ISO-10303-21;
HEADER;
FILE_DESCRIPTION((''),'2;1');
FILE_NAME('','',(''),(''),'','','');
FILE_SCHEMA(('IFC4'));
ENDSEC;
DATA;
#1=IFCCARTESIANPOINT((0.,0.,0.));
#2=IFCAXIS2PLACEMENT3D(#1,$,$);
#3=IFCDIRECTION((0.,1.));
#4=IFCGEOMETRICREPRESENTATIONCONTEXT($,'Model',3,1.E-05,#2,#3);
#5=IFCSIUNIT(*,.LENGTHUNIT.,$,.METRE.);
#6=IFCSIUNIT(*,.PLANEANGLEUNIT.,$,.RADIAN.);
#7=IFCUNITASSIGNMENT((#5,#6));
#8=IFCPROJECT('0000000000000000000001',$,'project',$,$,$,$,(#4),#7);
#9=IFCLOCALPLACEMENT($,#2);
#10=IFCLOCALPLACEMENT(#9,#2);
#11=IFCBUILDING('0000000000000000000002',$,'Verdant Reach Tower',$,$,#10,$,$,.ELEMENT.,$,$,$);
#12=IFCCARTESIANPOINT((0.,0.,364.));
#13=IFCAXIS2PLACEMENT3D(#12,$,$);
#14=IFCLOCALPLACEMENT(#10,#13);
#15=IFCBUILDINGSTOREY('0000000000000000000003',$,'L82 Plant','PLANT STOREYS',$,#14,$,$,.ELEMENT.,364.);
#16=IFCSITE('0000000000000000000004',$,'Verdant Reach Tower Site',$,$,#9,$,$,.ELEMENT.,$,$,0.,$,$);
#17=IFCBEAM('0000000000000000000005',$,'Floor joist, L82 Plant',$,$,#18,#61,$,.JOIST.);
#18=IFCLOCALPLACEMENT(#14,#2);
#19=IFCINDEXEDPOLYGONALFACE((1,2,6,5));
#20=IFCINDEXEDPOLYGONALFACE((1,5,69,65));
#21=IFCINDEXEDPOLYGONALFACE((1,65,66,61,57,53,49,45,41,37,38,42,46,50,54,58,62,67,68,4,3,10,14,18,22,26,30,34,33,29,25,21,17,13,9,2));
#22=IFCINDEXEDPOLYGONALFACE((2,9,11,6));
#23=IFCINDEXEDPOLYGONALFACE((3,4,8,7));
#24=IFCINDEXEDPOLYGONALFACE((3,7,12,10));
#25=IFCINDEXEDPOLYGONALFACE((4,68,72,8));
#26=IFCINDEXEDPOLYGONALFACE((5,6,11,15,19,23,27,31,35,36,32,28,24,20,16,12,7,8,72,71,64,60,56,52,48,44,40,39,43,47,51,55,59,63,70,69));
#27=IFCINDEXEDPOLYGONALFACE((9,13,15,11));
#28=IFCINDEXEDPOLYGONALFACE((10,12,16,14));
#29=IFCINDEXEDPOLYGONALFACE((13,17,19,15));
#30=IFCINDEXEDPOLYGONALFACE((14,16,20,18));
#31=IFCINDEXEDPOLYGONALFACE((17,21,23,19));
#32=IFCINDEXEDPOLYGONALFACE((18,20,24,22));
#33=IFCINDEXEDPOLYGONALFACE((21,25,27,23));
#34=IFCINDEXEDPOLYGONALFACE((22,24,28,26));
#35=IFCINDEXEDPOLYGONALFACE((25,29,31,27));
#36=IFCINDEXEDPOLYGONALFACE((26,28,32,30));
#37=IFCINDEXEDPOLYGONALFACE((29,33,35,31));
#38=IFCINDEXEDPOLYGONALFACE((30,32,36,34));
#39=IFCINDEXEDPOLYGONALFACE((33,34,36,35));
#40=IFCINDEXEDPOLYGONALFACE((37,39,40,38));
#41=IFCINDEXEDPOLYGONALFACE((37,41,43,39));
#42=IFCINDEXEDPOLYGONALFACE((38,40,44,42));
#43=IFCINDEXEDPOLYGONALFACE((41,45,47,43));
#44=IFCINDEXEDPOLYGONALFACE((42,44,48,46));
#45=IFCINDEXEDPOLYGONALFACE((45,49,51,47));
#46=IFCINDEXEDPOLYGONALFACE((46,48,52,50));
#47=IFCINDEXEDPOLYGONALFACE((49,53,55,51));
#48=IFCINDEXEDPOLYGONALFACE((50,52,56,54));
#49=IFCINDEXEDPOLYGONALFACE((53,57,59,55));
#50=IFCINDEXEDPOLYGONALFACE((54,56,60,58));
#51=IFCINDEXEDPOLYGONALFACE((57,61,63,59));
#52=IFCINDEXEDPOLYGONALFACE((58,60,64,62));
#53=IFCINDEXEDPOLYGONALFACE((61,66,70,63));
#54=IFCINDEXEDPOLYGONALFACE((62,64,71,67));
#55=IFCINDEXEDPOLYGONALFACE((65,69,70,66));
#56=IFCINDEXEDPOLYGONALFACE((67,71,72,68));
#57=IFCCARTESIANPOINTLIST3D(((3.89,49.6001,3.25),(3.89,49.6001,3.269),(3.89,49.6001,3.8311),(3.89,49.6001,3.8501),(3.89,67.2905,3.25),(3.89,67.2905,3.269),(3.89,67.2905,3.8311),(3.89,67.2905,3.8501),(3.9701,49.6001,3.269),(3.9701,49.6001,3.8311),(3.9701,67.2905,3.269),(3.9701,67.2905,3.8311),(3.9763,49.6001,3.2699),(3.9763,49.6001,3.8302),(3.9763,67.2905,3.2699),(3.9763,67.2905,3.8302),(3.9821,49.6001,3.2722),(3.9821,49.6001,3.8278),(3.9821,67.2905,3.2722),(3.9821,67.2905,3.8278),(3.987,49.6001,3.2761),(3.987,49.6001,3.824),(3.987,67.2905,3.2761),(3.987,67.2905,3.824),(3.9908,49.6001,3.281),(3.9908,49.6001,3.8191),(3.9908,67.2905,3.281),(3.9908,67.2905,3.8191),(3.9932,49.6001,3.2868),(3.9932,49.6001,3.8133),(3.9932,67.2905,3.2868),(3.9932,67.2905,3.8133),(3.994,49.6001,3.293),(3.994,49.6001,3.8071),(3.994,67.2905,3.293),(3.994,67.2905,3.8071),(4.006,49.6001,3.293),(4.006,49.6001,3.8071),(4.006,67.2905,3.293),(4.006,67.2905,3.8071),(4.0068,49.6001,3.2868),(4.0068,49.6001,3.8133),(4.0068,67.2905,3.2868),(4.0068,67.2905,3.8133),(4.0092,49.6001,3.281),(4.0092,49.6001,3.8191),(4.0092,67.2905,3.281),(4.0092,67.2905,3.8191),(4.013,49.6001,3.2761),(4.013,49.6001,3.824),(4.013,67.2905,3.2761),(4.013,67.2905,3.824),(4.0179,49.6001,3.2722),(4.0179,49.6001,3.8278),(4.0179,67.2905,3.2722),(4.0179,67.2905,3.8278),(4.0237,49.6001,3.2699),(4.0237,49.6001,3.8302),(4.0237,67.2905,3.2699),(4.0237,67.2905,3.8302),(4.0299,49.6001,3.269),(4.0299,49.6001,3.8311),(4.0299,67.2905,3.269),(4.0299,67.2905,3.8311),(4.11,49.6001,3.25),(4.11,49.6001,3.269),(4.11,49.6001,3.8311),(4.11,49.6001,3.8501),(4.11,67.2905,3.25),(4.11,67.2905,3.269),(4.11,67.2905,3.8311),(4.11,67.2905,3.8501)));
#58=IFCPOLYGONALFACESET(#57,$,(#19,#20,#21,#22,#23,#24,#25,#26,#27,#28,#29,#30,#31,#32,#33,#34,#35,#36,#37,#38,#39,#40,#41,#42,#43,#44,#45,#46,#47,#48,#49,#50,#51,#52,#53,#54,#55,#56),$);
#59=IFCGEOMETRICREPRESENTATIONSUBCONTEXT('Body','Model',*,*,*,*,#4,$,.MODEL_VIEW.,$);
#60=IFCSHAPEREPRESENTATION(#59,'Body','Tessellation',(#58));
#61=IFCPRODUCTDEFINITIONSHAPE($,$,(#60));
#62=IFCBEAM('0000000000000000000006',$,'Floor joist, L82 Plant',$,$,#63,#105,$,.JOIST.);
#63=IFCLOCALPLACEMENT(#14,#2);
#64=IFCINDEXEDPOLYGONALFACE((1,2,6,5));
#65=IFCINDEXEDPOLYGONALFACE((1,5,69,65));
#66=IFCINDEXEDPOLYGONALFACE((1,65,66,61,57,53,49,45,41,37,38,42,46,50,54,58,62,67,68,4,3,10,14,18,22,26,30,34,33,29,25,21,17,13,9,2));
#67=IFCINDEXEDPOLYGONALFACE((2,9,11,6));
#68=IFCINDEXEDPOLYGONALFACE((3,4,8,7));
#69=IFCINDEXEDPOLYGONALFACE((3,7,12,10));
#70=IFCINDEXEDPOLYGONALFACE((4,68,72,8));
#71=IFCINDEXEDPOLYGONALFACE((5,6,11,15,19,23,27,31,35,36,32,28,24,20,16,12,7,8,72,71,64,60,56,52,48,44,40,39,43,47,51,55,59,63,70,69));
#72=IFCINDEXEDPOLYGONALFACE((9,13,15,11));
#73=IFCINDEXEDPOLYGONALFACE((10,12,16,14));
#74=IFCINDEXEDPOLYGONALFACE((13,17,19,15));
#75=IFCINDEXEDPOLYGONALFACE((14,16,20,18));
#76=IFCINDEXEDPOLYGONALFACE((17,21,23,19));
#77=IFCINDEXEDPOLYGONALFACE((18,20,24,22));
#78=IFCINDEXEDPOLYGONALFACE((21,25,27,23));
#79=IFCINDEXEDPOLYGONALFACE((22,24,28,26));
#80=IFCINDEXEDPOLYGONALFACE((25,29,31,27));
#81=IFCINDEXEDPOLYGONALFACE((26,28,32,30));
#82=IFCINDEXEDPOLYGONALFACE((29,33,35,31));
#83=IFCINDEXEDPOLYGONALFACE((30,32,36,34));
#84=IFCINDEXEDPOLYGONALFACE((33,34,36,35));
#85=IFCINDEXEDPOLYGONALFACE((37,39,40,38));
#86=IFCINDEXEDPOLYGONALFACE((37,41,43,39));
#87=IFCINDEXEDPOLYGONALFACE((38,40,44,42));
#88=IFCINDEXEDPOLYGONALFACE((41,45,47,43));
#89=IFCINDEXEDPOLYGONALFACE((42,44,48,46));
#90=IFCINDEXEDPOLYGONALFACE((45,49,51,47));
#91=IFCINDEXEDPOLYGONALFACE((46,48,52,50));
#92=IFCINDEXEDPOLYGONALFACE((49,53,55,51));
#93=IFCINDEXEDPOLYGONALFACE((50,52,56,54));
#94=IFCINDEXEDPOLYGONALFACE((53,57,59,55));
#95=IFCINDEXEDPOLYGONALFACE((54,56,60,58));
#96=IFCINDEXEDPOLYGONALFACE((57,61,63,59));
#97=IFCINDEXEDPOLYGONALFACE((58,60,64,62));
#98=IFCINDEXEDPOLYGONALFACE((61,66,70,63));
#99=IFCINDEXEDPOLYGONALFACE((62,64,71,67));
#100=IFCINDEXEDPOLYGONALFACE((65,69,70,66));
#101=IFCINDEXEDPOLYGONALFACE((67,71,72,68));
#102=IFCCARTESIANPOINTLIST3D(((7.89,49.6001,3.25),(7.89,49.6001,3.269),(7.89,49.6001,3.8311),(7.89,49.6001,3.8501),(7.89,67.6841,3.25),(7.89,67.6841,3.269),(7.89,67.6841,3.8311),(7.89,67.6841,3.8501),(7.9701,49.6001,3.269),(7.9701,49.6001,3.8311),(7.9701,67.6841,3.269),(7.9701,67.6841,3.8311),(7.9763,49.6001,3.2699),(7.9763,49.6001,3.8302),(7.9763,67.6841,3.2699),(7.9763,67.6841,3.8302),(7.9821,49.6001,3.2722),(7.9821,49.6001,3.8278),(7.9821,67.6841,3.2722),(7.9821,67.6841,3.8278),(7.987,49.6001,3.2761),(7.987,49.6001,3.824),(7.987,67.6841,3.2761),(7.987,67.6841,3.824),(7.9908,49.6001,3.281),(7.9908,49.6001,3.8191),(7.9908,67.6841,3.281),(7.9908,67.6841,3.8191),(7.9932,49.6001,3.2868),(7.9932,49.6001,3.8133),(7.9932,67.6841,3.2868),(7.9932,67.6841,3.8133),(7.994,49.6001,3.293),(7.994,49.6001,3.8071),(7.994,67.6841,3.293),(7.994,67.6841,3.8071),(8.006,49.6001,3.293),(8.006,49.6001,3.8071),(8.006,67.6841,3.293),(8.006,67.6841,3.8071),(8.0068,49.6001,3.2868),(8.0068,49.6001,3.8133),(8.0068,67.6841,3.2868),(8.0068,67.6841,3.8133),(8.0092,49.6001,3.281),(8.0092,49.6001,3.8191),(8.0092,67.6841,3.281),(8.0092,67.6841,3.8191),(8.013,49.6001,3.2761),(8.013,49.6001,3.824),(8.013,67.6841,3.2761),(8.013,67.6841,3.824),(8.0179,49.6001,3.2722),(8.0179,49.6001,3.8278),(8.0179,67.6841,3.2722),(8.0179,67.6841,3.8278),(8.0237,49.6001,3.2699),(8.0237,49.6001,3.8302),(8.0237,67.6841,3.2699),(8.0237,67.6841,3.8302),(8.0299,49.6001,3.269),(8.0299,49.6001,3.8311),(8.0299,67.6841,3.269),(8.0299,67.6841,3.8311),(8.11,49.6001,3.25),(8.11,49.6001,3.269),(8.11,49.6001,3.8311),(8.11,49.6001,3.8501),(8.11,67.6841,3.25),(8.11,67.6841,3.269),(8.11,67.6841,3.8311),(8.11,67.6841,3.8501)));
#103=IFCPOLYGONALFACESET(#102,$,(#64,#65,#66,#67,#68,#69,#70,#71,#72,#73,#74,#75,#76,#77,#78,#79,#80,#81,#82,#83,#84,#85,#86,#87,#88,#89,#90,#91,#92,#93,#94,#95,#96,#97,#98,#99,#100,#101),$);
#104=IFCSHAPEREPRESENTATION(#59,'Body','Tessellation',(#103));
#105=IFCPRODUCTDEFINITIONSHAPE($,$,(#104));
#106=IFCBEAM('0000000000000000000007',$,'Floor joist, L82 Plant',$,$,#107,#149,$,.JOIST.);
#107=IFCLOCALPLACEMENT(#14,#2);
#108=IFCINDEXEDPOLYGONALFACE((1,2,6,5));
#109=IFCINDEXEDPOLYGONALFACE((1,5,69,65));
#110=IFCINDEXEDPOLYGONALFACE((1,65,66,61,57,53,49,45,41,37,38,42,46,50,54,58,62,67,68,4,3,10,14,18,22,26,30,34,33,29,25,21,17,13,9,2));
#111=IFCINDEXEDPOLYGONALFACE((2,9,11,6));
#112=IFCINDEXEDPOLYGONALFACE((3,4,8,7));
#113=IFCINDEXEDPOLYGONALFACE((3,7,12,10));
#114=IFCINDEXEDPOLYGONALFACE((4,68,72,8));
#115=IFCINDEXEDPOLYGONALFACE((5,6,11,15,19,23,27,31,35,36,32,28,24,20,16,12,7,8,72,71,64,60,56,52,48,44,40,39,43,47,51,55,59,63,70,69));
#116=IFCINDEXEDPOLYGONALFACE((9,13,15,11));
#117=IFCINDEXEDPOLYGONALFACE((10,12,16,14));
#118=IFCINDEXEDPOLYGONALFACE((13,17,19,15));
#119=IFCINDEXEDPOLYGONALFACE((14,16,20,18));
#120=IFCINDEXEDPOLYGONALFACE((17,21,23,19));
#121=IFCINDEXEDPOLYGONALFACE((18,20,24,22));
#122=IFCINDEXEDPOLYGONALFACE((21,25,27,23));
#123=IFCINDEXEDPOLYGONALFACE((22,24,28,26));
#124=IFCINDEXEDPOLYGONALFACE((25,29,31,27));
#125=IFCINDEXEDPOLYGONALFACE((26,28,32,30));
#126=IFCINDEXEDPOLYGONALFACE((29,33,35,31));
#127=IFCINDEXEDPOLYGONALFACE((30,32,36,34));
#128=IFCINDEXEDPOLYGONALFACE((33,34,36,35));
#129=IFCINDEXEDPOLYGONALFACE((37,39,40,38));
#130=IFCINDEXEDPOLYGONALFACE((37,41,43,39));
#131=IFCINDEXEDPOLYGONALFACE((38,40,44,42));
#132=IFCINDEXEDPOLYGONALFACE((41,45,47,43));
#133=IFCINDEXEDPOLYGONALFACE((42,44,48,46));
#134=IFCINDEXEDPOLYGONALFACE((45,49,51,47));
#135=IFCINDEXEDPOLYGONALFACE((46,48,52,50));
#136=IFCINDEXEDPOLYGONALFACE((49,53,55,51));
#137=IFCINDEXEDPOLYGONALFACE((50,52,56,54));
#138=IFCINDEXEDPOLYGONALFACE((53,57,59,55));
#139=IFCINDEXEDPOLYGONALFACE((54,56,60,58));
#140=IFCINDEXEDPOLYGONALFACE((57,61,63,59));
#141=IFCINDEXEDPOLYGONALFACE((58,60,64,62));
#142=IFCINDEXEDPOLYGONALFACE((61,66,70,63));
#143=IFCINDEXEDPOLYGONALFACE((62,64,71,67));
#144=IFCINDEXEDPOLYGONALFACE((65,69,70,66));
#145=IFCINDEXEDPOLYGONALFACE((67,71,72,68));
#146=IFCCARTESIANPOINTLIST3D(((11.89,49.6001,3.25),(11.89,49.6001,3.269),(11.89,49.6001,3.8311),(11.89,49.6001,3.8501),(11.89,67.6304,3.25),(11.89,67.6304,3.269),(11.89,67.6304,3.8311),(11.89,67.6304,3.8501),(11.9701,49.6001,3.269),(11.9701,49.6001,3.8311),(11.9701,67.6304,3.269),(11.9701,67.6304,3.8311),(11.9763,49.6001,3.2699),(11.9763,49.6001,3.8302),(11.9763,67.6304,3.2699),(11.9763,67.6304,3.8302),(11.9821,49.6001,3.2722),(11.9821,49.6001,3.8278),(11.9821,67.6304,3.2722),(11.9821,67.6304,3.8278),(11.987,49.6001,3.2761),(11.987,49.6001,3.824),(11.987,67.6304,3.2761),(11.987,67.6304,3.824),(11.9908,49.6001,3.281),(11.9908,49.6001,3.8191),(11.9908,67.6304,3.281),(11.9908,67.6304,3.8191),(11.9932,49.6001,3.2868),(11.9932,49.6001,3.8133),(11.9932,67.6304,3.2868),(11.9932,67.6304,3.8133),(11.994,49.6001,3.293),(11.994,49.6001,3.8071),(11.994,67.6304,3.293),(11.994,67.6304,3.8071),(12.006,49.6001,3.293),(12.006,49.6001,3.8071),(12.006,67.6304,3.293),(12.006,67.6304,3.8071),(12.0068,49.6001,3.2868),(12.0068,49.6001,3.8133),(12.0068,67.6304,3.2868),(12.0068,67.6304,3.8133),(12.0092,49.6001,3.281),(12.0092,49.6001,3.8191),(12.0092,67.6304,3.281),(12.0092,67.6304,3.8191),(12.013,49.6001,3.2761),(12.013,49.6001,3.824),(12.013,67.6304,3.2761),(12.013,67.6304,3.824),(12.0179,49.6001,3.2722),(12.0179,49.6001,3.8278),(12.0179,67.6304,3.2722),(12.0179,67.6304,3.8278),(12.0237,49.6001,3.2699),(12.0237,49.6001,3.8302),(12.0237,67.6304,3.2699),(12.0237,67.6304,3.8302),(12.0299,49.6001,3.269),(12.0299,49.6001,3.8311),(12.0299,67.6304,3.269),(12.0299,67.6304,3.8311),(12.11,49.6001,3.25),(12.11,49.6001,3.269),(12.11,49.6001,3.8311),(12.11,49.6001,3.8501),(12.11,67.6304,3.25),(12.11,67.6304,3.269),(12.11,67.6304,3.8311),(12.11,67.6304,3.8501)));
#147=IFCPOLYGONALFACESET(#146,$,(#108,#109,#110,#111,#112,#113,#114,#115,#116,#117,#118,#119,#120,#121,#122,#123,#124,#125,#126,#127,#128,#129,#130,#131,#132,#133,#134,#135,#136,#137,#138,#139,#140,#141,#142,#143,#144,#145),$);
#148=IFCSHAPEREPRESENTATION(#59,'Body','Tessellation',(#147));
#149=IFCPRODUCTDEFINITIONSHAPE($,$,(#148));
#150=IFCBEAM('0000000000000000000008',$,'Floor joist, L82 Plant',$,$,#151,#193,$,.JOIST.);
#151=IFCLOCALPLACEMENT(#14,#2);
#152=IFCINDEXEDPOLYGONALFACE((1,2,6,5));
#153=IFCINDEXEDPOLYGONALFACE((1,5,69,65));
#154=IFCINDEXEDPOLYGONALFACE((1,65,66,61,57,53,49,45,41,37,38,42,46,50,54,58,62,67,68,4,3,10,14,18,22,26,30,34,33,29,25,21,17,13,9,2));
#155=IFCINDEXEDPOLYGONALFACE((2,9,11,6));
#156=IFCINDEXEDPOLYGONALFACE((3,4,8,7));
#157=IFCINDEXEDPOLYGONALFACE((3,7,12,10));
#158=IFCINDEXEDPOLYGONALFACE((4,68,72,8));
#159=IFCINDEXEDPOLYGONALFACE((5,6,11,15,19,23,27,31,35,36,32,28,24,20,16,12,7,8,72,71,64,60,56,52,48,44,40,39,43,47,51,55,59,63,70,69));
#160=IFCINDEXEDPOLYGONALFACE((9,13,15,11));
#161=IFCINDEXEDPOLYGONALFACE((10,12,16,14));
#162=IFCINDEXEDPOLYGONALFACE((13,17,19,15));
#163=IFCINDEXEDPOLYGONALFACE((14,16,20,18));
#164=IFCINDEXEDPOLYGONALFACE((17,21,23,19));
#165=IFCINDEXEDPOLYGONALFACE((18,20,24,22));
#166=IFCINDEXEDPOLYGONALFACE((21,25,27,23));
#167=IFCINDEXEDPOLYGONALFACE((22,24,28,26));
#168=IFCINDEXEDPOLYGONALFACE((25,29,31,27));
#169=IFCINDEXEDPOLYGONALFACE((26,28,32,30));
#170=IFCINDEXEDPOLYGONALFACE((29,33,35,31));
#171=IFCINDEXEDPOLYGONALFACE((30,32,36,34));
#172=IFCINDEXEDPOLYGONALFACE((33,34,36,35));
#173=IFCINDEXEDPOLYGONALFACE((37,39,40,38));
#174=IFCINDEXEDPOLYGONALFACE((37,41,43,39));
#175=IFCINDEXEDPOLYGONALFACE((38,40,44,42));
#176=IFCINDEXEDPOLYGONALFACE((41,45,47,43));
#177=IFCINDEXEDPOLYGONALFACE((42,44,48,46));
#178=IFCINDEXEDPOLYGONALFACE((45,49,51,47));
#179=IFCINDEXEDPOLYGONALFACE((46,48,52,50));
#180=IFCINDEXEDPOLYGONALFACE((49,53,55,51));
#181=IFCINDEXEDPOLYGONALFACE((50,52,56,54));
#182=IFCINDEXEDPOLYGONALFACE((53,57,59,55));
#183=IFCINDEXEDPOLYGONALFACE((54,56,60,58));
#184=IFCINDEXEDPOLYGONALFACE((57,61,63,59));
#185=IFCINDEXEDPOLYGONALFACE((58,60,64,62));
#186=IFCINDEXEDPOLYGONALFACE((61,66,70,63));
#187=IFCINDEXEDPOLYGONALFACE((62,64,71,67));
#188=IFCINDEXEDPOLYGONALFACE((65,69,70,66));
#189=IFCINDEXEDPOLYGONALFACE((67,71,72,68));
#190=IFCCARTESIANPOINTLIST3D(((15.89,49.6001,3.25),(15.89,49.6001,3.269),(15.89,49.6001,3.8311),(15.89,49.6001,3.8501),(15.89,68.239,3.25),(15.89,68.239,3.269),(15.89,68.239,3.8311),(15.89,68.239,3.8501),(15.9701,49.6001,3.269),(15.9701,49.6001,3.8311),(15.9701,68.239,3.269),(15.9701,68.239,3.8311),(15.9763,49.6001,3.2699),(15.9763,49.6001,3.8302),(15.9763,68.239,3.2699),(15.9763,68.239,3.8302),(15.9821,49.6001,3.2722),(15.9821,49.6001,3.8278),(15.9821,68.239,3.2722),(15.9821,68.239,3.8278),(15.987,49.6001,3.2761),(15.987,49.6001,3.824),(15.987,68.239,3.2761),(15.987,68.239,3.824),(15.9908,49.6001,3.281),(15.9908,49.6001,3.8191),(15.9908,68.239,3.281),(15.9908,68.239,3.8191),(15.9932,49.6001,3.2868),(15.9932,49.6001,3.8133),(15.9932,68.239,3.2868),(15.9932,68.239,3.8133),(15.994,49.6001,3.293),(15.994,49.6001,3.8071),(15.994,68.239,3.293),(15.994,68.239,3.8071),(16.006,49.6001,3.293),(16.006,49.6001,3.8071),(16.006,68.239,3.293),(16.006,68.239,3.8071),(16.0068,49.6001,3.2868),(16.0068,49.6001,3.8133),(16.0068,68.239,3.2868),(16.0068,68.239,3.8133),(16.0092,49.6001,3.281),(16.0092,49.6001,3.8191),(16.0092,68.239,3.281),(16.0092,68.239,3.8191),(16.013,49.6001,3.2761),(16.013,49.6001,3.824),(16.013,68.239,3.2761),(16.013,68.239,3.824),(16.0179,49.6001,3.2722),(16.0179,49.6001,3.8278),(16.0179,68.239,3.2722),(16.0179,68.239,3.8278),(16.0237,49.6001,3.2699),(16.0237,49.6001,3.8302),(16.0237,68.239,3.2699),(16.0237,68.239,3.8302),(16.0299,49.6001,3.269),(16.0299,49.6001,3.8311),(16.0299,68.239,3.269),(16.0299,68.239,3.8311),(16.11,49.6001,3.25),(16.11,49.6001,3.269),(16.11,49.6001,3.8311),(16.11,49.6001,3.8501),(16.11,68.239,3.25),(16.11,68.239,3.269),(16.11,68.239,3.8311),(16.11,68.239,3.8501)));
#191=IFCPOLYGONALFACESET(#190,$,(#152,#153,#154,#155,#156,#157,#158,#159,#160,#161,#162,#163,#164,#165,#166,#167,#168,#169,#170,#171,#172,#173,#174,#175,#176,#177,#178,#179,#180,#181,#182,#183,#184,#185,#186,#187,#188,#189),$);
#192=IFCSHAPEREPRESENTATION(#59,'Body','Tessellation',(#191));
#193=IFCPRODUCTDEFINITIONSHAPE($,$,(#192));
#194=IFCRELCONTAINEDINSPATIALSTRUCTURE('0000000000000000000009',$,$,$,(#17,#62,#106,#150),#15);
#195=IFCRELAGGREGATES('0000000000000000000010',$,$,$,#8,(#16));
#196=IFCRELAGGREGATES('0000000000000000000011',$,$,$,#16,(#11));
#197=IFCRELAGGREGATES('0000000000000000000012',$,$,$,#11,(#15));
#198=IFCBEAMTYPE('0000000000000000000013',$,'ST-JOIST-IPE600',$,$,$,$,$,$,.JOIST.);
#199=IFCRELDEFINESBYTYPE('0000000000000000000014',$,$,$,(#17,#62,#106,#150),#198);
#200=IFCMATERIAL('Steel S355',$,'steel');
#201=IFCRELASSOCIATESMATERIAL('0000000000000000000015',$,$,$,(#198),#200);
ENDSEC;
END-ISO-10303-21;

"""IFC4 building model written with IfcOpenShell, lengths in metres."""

from ifc_helpers import new_model, si_unit, direction, frame, origin, origin_2d, place, context, subcontext, project, spatial, i_section, extrude, material, material_profile, profile_set, type_object, element, save


model = new_model("IFC4")

# Units and contexts
model_context = context("Model", 3, precision=1e-05, world=origin(), true_north=direction((0.0, 1.0)))
body_context = subcontext(model_context, "Body", "Model", "MODEL_VIEW")
ifc_project = project(units=[si_unit("LENGTHUNIT", "METRE"), si_unit("PLANEANGLEUNIT", "RADIAN")], contexts=[model_context])

# Site, building, storey
site_placement = place(None, origin())
site = spatial("IfcSite", under=ifc_project, at=site_placement, Name="Verdant Reach Tower Site", CompositionType="ELEMENT", RefElevation=0.0)
building_placement = place(site_placement, origin())
building = spatial("IfcBuilding", under=site, at=building_placement, Name="Verdant Reach Tower", CompositionType="ELEMENT")
storey_placement = place(building_placement, frame((0.0, 0.0, 364.0)))
storey = spatial("IfcBuildingStorey", under=building, at=storey_placement, Name="L82 Plant", Description="PLANT STOREYS", CompositionType="ELEMENT", Elevation=364.0)

# Beams
ifc_material_1 = material(Name="Steel S355", Category="steel")
ifc_material_profile_1 = material_profile(ifc_material_1, i_section(OverallWidth=0.22, OverallDepth=0.6001, WebThickness=0.012, FlangeThickness=0.019, FilletRadius=0.0239, at=origin_2d()), Name="IPE 600")
ifc_profile_set_1 = profile_set([ifc_material_profile_1], Name="Steel S355")
beam_type_1 = type_object("IfcBeamType", Name="ST-JOIST-IPE600", PredefinedType="JOIST", material=ifc_profile_set_1)
beam_1_placement = place(storey_placement, frame((4.0, 49.6001, 3.55), z_axis=(0.0, 1.0, 0.0), x_axis=(-1.0, 0.0, 0.0)))
element("IfcBeam", 1, at=beam_1_placement, inside=storey, type_object=beam_type_1, Name="Floor joist, L82 Plant", PredefinedType="JOIST", context=body_context, shape_type="SweptSolid", body=[
    extrude(i_section(OverallWidth=0.22, OverallDepth=0.6001, WebThickness=0.012, FlangeThickness=0.019, FilletRadius=0.0239, at=origin_2d()), origin(), (0.0, 0.0, 1.0), 17.6904),
])
beam_2_placement = place(storey_placement, frame((8.0, 49.6001, 3.55), z_axis=(0.0, 1.0, 0.0), x_axis=(-1.0, 0.0, 0.0)))
element("IfcBeam", 2, at=beam_2_placement, inside=storey, type_object=beam_type_1, Name="Floor joist, L82 Plant", PredefinedType="JOIST", context=body_context, shape_type="SweptSolid", body=[
    extrude(i_section(OverallWidth=0.22, OverallDepth=0.6001, WebThickness=0.012, FlangeThickness=0.019, FilletRadius=0.0239, at=origin_2d()), origin(), (0.0, 0.0, 1.0), 18.084),
])
beam_3_placement = place(storey_placement, frame((12.0, 49.6001, 3.55), z_axis=(0.0, 1.0, 0.0), x_axis=(-1.0, 0.0, 0.0)))
element("IfcBeam", 3, at=beam_3_placement, inside=storey, type_object=beam_type_1, Name="Floor joist, L82 Plant", PredefinedType="JOIST", context=body_context, shape_type="SweptSolid", body=[
    extrude(i_section(OverallWidth=0.22, OverallDepth=0.6001, WebThickness=0.012, FlangeThickness=0.019, FilletRadius=0.0239, at=origin_2d()), origin(), (0.0, 0.0, 1.0), 18.0303),
])
beam_4_placement = place(storey_placement, frame((16.0, 49.6001, 3.55), z_axis=(0.0, 1.0, 0.0), x_axis=(-1.0, 0.0, 0.0)))
element("IfcBeam", 4, at=beam_4_placement, inside=storey, type_object=beam_type_1, Name="Floor joist, L82 Plant", PredefinedType="JOIST", context=body_context, shape_type="SweptSolid", body=[
    extrude(i_section(OverallWidth=0.22, OverallDepth=0.6001, WebThickness=0.012, FlangeThickness=0.019, FilletRadius=0.0239, at=origin_2d()), origin(), (0.0, 0.0, 1.0), 18.6389),
])

save(model, "model.ifc")
